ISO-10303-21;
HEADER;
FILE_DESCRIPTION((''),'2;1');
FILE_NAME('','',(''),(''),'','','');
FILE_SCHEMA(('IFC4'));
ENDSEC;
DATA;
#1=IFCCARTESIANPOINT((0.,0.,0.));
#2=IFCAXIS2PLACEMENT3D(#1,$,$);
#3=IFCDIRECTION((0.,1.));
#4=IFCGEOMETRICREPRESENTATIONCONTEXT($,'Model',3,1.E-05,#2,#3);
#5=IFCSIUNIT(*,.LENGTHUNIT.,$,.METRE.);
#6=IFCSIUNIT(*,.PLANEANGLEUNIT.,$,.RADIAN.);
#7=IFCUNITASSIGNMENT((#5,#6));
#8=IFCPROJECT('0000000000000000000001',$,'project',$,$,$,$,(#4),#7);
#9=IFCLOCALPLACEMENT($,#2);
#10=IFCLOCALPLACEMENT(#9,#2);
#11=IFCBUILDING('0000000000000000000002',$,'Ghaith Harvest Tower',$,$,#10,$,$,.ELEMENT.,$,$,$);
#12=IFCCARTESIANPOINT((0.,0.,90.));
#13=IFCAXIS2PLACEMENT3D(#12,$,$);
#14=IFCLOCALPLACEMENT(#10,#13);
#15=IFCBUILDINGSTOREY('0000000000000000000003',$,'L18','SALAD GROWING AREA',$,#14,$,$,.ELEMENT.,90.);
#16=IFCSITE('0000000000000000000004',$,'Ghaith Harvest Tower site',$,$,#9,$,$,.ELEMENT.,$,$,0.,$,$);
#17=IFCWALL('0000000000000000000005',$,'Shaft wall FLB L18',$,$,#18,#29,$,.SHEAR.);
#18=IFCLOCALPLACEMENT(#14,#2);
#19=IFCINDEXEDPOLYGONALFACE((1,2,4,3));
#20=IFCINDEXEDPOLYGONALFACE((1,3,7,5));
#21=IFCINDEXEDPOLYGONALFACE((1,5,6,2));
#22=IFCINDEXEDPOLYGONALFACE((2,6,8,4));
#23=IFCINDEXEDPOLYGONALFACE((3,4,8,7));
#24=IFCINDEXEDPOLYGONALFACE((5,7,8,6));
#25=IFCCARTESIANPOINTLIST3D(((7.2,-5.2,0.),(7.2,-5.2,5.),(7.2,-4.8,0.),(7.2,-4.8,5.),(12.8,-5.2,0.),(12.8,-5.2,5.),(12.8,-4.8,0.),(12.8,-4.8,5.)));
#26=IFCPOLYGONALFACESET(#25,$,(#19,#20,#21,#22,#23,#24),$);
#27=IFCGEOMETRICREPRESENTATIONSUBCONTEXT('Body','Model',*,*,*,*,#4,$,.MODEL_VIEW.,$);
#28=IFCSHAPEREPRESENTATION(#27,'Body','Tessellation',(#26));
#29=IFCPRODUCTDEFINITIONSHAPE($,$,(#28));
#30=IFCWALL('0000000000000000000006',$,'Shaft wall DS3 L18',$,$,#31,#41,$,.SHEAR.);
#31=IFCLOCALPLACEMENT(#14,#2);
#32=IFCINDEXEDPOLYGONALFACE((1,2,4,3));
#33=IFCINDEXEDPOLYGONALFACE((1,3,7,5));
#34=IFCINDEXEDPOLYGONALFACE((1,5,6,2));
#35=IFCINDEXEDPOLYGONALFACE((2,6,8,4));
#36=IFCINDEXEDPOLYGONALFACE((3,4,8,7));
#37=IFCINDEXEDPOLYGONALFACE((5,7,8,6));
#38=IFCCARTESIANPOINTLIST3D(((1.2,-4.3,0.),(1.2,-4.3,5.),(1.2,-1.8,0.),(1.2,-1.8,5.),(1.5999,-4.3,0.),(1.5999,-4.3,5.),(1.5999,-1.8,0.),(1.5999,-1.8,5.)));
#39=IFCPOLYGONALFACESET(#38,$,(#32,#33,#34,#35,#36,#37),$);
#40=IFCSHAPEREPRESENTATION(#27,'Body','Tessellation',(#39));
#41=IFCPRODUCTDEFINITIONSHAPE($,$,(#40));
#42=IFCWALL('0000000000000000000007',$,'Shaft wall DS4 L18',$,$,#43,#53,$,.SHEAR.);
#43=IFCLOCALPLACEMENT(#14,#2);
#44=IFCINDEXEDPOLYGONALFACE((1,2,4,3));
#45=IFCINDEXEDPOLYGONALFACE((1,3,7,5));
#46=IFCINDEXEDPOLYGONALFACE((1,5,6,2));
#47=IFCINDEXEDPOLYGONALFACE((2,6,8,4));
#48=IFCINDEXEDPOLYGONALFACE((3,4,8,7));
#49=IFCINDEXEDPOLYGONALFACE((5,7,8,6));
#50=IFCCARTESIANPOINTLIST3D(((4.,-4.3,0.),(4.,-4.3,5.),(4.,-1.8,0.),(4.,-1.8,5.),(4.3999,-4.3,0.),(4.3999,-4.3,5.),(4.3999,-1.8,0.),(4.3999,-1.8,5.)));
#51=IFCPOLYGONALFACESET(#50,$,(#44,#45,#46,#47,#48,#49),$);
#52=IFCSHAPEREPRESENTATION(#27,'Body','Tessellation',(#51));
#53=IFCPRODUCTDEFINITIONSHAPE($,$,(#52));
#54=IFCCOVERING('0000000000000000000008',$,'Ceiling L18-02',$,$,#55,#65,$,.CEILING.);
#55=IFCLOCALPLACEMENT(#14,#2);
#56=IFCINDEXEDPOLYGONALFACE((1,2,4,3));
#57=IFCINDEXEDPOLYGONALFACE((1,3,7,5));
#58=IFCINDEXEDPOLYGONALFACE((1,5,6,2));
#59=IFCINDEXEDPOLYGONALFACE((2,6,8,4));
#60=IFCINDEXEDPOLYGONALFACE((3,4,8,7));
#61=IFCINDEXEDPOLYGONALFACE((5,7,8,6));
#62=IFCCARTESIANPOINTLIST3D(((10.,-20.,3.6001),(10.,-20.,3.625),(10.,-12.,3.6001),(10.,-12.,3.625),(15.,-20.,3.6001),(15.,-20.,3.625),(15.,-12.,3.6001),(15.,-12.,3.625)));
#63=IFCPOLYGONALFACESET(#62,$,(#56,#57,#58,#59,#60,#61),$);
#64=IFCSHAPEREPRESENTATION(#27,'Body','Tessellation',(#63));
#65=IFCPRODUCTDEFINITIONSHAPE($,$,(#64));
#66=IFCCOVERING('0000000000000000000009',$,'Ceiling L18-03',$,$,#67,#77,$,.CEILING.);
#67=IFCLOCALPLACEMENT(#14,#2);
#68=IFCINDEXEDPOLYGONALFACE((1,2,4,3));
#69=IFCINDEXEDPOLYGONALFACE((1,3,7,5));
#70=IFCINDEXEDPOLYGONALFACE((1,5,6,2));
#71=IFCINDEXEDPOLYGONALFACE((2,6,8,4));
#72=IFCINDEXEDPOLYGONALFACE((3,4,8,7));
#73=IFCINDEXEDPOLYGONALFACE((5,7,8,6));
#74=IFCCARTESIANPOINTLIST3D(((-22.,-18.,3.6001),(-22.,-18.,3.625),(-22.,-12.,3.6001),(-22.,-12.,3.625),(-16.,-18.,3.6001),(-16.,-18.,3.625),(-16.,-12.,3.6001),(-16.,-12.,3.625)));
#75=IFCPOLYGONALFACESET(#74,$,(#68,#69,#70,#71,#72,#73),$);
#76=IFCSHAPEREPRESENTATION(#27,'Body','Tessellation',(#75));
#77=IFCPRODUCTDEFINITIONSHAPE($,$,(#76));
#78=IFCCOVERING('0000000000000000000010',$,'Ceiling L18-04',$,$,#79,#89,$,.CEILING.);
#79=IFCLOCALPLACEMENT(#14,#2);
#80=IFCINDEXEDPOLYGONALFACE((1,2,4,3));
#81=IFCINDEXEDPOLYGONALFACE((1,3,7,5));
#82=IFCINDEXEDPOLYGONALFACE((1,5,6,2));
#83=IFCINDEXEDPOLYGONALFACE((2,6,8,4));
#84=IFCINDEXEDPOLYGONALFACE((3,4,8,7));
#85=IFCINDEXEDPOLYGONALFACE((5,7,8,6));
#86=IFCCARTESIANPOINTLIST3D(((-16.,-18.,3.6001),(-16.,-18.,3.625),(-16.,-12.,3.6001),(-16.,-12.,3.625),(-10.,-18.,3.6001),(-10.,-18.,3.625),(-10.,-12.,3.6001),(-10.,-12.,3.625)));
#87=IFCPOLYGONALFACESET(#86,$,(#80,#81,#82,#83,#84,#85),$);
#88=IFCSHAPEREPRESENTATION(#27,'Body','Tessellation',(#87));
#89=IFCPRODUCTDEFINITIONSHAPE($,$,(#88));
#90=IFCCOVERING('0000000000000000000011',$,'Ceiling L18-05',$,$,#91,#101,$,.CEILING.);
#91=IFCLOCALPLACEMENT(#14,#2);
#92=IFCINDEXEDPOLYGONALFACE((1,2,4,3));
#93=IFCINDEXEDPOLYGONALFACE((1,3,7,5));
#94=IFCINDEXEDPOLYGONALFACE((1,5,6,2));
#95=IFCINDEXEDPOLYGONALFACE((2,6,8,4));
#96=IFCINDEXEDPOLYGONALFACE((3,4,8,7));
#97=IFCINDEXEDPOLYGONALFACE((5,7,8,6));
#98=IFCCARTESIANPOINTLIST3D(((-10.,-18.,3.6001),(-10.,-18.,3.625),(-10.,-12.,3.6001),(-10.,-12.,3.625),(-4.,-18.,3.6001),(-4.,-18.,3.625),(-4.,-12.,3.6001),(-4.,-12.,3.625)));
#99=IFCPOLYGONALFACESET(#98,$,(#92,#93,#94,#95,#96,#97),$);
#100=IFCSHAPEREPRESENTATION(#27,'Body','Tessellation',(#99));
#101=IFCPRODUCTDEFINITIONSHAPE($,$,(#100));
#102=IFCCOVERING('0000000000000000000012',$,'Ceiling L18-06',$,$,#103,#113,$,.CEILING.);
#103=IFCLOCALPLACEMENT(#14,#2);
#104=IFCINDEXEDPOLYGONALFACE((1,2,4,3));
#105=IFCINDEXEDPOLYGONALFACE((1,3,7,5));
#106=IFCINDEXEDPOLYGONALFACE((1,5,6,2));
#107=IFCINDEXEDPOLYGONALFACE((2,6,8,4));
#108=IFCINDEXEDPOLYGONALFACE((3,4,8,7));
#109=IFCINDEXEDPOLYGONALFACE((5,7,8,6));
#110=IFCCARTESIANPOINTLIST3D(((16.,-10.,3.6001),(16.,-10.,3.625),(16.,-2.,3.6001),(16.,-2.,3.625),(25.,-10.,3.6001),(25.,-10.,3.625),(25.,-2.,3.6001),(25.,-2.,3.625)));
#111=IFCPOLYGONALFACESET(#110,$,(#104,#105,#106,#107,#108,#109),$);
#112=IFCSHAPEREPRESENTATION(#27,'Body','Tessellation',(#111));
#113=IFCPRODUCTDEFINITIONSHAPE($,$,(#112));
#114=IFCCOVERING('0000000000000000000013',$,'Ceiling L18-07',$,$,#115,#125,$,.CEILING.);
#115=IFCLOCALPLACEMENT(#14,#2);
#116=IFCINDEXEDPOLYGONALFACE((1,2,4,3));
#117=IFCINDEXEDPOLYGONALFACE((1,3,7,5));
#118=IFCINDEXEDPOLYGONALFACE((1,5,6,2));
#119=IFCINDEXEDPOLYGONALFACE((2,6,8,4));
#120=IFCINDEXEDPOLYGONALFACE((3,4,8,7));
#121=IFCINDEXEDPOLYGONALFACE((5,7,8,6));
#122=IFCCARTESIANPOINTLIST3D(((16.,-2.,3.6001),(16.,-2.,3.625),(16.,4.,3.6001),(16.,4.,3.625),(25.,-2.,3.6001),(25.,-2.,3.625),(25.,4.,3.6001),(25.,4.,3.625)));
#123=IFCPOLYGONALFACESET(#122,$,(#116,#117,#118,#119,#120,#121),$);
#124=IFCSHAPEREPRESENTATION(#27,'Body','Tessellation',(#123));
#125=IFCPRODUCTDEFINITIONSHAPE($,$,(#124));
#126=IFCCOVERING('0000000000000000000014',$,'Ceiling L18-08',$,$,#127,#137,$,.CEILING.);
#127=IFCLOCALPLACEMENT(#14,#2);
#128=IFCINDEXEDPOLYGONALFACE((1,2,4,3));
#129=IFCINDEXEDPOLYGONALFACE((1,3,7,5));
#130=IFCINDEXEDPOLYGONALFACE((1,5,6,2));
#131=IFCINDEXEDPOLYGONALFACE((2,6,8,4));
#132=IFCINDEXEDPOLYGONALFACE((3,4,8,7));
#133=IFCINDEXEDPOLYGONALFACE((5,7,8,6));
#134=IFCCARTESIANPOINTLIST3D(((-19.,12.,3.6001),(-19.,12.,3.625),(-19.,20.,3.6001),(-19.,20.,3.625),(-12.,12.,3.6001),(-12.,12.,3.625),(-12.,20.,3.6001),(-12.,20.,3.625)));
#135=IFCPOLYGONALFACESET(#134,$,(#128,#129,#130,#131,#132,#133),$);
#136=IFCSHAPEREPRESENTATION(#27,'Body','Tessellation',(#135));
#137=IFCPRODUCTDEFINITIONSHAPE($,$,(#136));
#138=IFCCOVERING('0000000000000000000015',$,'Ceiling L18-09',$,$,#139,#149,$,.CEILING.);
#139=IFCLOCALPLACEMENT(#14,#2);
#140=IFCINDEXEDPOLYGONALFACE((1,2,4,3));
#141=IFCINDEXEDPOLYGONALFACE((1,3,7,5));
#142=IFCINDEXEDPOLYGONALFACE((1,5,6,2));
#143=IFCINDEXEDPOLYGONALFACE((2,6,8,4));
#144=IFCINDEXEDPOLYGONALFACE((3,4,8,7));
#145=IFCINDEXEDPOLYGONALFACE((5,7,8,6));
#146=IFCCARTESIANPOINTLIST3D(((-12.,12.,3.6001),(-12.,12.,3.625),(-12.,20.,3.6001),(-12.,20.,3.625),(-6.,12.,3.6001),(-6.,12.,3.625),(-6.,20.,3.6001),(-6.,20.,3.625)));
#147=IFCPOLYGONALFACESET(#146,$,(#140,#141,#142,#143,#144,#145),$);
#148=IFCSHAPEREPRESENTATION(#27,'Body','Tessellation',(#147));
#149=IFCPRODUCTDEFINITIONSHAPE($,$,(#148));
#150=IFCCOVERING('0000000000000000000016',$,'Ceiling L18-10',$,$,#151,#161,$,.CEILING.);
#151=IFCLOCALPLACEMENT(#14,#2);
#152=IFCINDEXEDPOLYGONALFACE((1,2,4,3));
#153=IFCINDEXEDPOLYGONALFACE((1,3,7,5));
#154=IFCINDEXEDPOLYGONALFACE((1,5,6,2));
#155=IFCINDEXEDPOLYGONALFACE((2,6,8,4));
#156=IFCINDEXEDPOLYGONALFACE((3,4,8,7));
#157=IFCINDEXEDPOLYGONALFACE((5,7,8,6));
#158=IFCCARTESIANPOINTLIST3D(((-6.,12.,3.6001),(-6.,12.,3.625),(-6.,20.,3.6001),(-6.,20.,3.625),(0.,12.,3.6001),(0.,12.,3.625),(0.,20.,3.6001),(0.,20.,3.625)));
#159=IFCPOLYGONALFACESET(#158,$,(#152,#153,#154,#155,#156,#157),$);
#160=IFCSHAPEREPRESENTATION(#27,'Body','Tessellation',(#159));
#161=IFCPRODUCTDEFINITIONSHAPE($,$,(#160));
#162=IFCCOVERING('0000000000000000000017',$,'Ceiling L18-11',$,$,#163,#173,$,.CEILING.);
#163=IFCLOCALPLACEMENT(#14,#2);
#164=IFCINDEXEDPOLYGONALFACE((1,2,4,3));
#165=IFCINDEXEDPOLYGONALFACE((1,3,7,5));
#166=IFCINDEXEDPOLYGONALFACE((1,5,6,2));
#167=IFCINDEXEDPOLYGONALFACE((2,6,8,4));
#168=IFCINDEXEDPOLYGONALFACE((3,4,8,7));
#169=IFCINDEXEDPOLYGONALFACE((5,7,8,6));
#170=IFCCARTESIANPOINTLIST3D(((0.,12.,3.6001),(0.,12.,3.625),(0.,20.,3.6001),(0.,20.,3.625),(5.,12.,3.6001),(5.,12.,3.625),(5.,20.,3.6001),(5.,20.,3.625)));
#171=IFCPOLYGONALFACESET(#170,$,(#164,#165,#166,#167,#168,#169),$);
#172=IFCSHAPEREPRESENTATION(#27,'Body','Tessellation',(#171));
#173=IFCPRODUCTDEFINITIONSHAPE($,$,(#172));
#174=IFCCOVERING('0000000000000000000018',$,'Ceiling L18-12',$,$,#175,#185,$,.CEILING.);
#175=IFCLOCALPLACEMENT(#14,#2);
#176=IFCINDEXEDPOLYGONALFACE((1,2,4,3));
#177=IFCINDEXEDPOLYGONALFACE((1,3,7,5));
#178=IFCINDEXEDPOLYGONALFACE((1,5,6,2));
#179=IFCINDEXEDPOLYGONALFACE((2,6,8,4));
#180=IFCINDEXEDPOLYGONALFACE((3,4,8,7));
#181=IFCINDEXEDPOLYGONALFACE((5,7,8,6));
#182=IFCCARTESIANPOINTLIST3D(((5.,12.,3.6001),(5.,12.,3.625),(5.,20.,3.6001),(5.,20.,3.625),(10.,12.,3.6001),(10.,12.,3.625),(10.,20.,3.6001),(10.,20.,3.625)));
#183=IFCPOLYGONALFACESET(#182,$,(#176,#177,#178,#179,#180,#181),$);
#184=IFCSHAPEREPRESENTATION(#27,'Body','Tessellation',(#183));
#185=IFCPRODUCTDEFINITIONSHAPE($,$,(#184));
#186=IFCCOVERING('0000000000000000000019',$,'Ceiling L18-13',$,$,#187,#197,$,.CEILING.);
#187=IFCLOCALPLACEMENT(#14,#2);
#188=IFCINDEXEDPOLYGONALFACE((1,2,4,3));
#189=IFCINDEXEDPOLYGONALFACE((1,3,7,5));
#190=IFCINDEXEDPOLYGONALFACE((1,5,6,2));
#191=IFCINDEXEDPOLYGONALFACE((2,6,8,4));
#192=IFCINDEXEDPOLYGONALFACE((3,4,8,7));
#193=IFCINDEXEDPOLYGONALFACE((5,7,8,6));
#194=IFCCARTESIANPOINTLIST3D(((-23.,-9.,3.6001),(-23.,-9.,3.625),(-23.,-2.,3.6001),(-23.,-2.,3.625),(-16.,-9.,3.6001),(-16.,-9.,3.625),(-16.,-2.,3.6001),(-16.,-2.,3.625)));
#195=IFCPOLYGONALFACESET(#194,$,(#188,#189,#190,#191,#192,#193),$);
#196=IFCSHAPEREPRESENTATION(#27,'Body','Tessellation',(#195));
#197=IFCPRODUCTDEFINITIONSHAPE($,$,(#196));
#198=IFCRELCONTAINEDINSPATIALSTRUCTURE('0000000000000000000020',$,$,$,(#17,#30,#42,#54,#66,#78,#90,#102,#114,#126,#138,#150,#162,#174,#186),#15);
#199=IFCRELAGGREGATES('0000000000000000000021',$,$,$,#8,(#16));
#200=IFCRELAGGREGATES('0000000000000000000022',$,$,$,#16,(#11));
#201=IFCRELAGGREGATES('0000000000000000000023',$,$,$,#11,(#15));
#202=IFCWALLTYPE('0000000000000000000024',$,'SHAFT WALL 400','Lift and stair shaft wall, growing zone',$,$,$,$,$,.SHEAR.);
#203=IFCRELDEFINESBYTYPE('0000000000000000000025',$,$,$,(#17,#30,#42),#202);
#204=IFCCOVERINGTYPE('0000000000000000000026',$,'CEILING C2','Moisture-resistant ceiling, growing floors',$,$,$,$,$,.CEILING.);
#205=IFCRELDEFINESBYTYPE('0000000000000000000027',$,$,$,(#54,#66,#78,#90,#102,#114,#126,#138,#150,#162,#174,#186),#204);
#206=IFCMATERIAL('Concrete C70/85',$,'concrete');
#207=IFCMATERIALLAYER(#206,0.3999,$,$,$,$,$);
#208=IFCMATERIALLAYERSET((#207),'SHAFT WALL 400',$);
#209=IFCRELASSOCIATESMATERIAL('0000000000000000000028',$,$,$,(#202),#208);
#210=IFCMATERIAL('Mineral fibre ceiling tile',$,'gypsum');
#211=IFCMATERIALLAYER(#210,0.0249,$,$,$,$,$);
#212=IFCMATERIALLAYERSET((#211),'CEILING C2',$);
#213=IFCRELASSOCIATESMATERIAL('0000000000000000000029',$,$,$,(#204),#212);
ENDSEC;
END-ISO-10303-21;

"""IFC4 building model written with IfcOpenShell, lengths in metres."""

from ifc_helpers import new_model, si_unit, direction, frame, frame_2d, origin, place, context, subcontext, project, spatial, polyline, rectangle, outline, extrude, material, layer, layer_set, type_object, element, save


model = new_model("IFC4")

# Units and contexts
model_context = context("Model", 3, precision=1e-05, world=origin(), true_north=direction((0.0, 1.0)))
body_context = subcontext(model_context, "Body", "Model", "MODEL_VIEW")
ifc_project = project(units=[si_unit("LENGTHUNIT", "METRE"), si_unit("PLANEANGLEUNIT", "RADIAN")], contexts=[model_context])

# Site, building, storey
site_placement = place(None, origin())
site = spatial("IfcSite", under=ifc_project, at=site_placement, Name="Ghaith Harvest Tower site", CompositionType="ELEMENT", RefElevation=0.0)
building_placement = place(site_placement, origin())
building = spatial("IfcBuilding", under=site, at=building_placement, Name="Ghaith Harvest Tower", CompositionType="ELEMENT")
storey_placement = place(building_placement, frame((0.0, 0.0, 90.0)))
storey = spatial("IfcBuildingStorey", under=building, at=storey_placement, Name="L18", Description="SALAD GROWING AREA", CompositionType="ELEMENT", Elevation=90.0)

# Shared definitions
ifc_material_1 = material(Name="Concrete C70/85", Category="concrete")
ifc_layer_1 = layer(ifc_material_1, 0.3999)
ifc_layer_set_1 = layer_set([ifc_layer_1], Name="SHAFT WALL 400")
wall_type_1 = type_object("IfcWallType", Name="SHAFT WALL 400", Description="Lift and stair shaft wall, growing zone", PredefinedType="SHEAR", material=ifc_layer_set_1)

# Walls
wall_1_placement = place(storey_placement, frame((7.2, -5.0, 0.0), z_axis=(0.0, 0.0, 1.0), x_axis=(1.0, 0.0, 0.0)))
element("IfcWall", 1, at=wall_1_placement, inside=storey, type_object=wall_type_1, Name="Shaft wall FLB L18", PredefinedType="SHEAR", context=body_context, shape_type="SweptSolid", body=[
    extrude(rectangle(XDim=5.6001, YDim=0.3999, at=frame_2d((2.8, 0.0))), origin(), (0.0, 0.0, 1.0), 5.0),
])
for number, where, z_axis, x_axis, name in (
    (2, (1.3999, -4.3, 0.0), (0.0, 0.0, 1.0), (0.0, 1.0, 0.0), "Shaft wall DS3 L18"),
    (3, (4.2, -4.3, 0.0), (0.0, 0.0, 1.0), (0.0, 1.0, 0.0), "Shaft wall DS4 L18"),
):
    element("IfcWall", number, at=place(storey_placement, frame(where, z_axis=z_axis, x_axis=x_axis)), inside=storey, type_object=wall_type_1, Name=name, PredefinedType="SHEAR", context=body_context, shape_type="SweptSolid", body=[
        extrude(rectangle(XDim=2.5, YDim=0.3999, at=frame_2d((1.25, 0.0))), origin(), (0.0, 0.0, 1.0), 5.0),
    ])

# Coverings
ifc_material_2 = material(Name="Mineral fibre ceiling tile", Category="gypsum")
ifc_layer_2 = layer(ifc_material_2, 0.0249)
ifc_layer_set_2 = layer_set([ifc_layer_2], Name="CEILING C2")
covering_type = type_object("IfcCoveringType", Name="CEILING C2", Description="Moisture-resistant ceiling, growing floors", PredefinedType="CEILING", material=ifc_layer_set_2)
covering_1_placement = place(storey_placement, frame((0.0, 0.0, 3.6001)))
element("IfcCovering", 4, at=covering_1_placement, inside=storey, type_object=covering_type, Name="Ceiling L18-02", PredefinedType="CEILING", context=body_context, shape_type="SweptSolid", body=[
    extrude(outline(polyline([(10.0, -20.0), (15.0, -20.0), (15.0, -12.0), (10.0, -12.0), (10.0, -20.0)])), origin(), (0.0, 0.0, 1.0), 0.0249),
])
covering_2_placement = place(storey_placement, frame((0.0, 0.0, 3.6001)))
element("IfcCovering", 5, at=covering_2_placement, inside=storey, type_object=covering_type, Name="Ceiling L18-03", PredefinedType="CEILING", context=body_context, shape_type="SweptSolid", body=[
    extrude(outline(polyline([(-22.0, -18.0), (-16.0, -18.0), (-16.0, -12.0), (-22.0, -12.0), (-22.0, -18.0)])), origin(), (0.0, 0.0, 1.0), 0.0249),
])
covering_3_placement = place(storey_placement, frame((0.0, 0.0, 3.6001)))
element("IfcCovering", 6, at=covering_3_placement, inside=storey, type_object=covering_type, Name="Ceiling L18-04", PredefinedType="CEILING", context=body_context, shape_type="SweptSolid", body=[
    extrude(outline(polyline([(-16.0, -18.0), (-10.0, -18.0), (-10.0, -12.0), (-16.0, -12.0), (-16.0, -18.0)])), origin(), (0.0, 0.0, 1.0), 0.0249),
])
covering_4_placement = place(storey_placement, frame((0.0, 0.0, 3.6001)))
element("IfcCovering", 7, at=covering_4_placement, inside=storey, type_object=covering_type, Name="Ceiling L18-05", PredefinedType="CEILING", context=body_context, shape_type="SweptSolid", body=[
    extrude(outline(polyline([(-10.0, -18.0), (-4.0, -18.0), (-4.0, -12.0), (-10.0, -12.0), (-10.0, -18.0)])), origin(), (0.0, 0.0, 1.0), 0.0249),
])
covering_5_placement = place(storey_placement, frame((0.0, 0.0, 3.6001)))
element("IfcCovering", 8, at=covering_5_placement, inside=storey, type_object=covering_type, Name="Ceiling L18-06", PredefinedType="CEILING", context=body_context, shape_type="SweptSolid", body=[
    extrude(outline(polyline([(16.0, -10.0), (25.0, -10.0), (25.0, -2.0), (16.0, -2.0), (16.0, -10.0)])), origin(), (0.0, 0.0, 1.0), 0.0249),
])
covering_6_placement = place(storey_placement, frame((0.0, 0.0, 3.6001)))
element("IfcCovering", 9, at=covering_6_placement, inside=storey, type_object=covering_type, Name="Ceiling L18-07", PredefinedType="CEILING", context=body_context, shape_type="SweptSolid", body=[
    extrude(outline(polyline([(16.0, -2.0), (25.0, -2.0), (25.0, 4.0), (16.0, 4.0), (16.0, -2.0)])), origin(), (0.0, 0.0, 1.0), 0.0249),
])
covering_7_placement = place(storey_placement, frame((0.0, 0.0, 3.6001)))
element("IfcCovering", 10, at=covering_7_placement, inside=storey, type_object=covering_type, Name="Ceiling L18-08", PredefinedType="CEILING", context=body_context, shape_type="SweptSolid", body=[
    extrude(outline(polyline([(-19.0, 12.0), (-12.0, 12.0), (-12.0, 20.0), (-19.0, 20.0), (-19.0, 12.0)])), origin(), (0.0, 0.0, 1.0), 0.0249),
])
covering_8_placement = place(storey_placement, frame((0.0, 0.0, 3.6001)))
element("IfcCovering", 11, at=covering_8_placement, inside=storey, type_object=covering_type, Name="Ceiling L18-09", PredefinedType="CEILING", context=body_context, shape_type="SweptSolid", body=[
    extrude(outline(polyline([(-12.0, 12.0), (-6.0, 12.0), (-6.0, 20.0), (-12.0, 20.0), (-12.0, 12.0)])), origin(), (0.0, 0.0, 1.0), 0.0249),
])
covering_9_placement = place(storey_placement, frame((0.0, 0.0, 3.6001)))
element("IfcCovering", 12, at=covering_9_placement, inside=storey, type_object=covering_type, Name="Ceiling L18-10", PredefinedType="CEILING", context=body_context, shape_type="SweptSolid", body=[
    extrude(outline(polyline([(-6.0, 12.0), (0.0, 12.0), (0.0, 20.0), (-6.0, 20.0), (-6.0, 12.0)])), origin(), (0.0, 0.0, 1.0), 0.0249),
])
covering_10_placement = place(storey_placement, frame((0.0, 0.0, 3.6001)))
element("IfcCovering", 13, at=covering_10_placement, inside=storey, type_object=covering_type, Name="Ceiling L18-11", PredefinedType="CEILING", context=body_context, shape_type="SweptSolid", body=[
    extrude(outline(polyline([(0.0, 12.0), (5.0, 12.0), (5.0, 20.0), (0.0, 20.0), (0.0, 12.0)])), origin(), (0.0, 0.0, 1.0), 0.0249),
])
covering_11_placement = place(storey_placement, frame((0.0, 0.0, 3.6001)))
element("IfcCovering", 14, at=covering_11_placement, inside=storey, type_object=covering_type, Name="Ceiling L18-12", PredefinedType="CEILING", context=body_context, shape_type="SweptSolid", body=[
    extrude(outline(polyline([(5.0, 12.0), (10.0, 12.0), (10.0, 20.0), (5.0, 20.0), (5.0, 12.0)])), origin(), (0.0, 0.0, 1.0), 0.0249),
])
covering_12_placement = place(storey_placement, frame((0.0, 0.0, 3.6001)))
element("IfcCovering", 15, at=covering_12_placement, inside=storey, type_object=covering_type, Name="Ceiling L18-13", PredefinedType="CEILING", context=body_context, shape_type="SweptSolid", body=[
    extrude(outline(polyline([(-23.0, -9.0), (-16.0, -9.0), (-16.0, -2.0), (-23.0, -2.0), (-23.0, -9.0)])), origin(), (0.0, 0.0, 1.0), 0.0249),
])

save(model, "model.ifc")
